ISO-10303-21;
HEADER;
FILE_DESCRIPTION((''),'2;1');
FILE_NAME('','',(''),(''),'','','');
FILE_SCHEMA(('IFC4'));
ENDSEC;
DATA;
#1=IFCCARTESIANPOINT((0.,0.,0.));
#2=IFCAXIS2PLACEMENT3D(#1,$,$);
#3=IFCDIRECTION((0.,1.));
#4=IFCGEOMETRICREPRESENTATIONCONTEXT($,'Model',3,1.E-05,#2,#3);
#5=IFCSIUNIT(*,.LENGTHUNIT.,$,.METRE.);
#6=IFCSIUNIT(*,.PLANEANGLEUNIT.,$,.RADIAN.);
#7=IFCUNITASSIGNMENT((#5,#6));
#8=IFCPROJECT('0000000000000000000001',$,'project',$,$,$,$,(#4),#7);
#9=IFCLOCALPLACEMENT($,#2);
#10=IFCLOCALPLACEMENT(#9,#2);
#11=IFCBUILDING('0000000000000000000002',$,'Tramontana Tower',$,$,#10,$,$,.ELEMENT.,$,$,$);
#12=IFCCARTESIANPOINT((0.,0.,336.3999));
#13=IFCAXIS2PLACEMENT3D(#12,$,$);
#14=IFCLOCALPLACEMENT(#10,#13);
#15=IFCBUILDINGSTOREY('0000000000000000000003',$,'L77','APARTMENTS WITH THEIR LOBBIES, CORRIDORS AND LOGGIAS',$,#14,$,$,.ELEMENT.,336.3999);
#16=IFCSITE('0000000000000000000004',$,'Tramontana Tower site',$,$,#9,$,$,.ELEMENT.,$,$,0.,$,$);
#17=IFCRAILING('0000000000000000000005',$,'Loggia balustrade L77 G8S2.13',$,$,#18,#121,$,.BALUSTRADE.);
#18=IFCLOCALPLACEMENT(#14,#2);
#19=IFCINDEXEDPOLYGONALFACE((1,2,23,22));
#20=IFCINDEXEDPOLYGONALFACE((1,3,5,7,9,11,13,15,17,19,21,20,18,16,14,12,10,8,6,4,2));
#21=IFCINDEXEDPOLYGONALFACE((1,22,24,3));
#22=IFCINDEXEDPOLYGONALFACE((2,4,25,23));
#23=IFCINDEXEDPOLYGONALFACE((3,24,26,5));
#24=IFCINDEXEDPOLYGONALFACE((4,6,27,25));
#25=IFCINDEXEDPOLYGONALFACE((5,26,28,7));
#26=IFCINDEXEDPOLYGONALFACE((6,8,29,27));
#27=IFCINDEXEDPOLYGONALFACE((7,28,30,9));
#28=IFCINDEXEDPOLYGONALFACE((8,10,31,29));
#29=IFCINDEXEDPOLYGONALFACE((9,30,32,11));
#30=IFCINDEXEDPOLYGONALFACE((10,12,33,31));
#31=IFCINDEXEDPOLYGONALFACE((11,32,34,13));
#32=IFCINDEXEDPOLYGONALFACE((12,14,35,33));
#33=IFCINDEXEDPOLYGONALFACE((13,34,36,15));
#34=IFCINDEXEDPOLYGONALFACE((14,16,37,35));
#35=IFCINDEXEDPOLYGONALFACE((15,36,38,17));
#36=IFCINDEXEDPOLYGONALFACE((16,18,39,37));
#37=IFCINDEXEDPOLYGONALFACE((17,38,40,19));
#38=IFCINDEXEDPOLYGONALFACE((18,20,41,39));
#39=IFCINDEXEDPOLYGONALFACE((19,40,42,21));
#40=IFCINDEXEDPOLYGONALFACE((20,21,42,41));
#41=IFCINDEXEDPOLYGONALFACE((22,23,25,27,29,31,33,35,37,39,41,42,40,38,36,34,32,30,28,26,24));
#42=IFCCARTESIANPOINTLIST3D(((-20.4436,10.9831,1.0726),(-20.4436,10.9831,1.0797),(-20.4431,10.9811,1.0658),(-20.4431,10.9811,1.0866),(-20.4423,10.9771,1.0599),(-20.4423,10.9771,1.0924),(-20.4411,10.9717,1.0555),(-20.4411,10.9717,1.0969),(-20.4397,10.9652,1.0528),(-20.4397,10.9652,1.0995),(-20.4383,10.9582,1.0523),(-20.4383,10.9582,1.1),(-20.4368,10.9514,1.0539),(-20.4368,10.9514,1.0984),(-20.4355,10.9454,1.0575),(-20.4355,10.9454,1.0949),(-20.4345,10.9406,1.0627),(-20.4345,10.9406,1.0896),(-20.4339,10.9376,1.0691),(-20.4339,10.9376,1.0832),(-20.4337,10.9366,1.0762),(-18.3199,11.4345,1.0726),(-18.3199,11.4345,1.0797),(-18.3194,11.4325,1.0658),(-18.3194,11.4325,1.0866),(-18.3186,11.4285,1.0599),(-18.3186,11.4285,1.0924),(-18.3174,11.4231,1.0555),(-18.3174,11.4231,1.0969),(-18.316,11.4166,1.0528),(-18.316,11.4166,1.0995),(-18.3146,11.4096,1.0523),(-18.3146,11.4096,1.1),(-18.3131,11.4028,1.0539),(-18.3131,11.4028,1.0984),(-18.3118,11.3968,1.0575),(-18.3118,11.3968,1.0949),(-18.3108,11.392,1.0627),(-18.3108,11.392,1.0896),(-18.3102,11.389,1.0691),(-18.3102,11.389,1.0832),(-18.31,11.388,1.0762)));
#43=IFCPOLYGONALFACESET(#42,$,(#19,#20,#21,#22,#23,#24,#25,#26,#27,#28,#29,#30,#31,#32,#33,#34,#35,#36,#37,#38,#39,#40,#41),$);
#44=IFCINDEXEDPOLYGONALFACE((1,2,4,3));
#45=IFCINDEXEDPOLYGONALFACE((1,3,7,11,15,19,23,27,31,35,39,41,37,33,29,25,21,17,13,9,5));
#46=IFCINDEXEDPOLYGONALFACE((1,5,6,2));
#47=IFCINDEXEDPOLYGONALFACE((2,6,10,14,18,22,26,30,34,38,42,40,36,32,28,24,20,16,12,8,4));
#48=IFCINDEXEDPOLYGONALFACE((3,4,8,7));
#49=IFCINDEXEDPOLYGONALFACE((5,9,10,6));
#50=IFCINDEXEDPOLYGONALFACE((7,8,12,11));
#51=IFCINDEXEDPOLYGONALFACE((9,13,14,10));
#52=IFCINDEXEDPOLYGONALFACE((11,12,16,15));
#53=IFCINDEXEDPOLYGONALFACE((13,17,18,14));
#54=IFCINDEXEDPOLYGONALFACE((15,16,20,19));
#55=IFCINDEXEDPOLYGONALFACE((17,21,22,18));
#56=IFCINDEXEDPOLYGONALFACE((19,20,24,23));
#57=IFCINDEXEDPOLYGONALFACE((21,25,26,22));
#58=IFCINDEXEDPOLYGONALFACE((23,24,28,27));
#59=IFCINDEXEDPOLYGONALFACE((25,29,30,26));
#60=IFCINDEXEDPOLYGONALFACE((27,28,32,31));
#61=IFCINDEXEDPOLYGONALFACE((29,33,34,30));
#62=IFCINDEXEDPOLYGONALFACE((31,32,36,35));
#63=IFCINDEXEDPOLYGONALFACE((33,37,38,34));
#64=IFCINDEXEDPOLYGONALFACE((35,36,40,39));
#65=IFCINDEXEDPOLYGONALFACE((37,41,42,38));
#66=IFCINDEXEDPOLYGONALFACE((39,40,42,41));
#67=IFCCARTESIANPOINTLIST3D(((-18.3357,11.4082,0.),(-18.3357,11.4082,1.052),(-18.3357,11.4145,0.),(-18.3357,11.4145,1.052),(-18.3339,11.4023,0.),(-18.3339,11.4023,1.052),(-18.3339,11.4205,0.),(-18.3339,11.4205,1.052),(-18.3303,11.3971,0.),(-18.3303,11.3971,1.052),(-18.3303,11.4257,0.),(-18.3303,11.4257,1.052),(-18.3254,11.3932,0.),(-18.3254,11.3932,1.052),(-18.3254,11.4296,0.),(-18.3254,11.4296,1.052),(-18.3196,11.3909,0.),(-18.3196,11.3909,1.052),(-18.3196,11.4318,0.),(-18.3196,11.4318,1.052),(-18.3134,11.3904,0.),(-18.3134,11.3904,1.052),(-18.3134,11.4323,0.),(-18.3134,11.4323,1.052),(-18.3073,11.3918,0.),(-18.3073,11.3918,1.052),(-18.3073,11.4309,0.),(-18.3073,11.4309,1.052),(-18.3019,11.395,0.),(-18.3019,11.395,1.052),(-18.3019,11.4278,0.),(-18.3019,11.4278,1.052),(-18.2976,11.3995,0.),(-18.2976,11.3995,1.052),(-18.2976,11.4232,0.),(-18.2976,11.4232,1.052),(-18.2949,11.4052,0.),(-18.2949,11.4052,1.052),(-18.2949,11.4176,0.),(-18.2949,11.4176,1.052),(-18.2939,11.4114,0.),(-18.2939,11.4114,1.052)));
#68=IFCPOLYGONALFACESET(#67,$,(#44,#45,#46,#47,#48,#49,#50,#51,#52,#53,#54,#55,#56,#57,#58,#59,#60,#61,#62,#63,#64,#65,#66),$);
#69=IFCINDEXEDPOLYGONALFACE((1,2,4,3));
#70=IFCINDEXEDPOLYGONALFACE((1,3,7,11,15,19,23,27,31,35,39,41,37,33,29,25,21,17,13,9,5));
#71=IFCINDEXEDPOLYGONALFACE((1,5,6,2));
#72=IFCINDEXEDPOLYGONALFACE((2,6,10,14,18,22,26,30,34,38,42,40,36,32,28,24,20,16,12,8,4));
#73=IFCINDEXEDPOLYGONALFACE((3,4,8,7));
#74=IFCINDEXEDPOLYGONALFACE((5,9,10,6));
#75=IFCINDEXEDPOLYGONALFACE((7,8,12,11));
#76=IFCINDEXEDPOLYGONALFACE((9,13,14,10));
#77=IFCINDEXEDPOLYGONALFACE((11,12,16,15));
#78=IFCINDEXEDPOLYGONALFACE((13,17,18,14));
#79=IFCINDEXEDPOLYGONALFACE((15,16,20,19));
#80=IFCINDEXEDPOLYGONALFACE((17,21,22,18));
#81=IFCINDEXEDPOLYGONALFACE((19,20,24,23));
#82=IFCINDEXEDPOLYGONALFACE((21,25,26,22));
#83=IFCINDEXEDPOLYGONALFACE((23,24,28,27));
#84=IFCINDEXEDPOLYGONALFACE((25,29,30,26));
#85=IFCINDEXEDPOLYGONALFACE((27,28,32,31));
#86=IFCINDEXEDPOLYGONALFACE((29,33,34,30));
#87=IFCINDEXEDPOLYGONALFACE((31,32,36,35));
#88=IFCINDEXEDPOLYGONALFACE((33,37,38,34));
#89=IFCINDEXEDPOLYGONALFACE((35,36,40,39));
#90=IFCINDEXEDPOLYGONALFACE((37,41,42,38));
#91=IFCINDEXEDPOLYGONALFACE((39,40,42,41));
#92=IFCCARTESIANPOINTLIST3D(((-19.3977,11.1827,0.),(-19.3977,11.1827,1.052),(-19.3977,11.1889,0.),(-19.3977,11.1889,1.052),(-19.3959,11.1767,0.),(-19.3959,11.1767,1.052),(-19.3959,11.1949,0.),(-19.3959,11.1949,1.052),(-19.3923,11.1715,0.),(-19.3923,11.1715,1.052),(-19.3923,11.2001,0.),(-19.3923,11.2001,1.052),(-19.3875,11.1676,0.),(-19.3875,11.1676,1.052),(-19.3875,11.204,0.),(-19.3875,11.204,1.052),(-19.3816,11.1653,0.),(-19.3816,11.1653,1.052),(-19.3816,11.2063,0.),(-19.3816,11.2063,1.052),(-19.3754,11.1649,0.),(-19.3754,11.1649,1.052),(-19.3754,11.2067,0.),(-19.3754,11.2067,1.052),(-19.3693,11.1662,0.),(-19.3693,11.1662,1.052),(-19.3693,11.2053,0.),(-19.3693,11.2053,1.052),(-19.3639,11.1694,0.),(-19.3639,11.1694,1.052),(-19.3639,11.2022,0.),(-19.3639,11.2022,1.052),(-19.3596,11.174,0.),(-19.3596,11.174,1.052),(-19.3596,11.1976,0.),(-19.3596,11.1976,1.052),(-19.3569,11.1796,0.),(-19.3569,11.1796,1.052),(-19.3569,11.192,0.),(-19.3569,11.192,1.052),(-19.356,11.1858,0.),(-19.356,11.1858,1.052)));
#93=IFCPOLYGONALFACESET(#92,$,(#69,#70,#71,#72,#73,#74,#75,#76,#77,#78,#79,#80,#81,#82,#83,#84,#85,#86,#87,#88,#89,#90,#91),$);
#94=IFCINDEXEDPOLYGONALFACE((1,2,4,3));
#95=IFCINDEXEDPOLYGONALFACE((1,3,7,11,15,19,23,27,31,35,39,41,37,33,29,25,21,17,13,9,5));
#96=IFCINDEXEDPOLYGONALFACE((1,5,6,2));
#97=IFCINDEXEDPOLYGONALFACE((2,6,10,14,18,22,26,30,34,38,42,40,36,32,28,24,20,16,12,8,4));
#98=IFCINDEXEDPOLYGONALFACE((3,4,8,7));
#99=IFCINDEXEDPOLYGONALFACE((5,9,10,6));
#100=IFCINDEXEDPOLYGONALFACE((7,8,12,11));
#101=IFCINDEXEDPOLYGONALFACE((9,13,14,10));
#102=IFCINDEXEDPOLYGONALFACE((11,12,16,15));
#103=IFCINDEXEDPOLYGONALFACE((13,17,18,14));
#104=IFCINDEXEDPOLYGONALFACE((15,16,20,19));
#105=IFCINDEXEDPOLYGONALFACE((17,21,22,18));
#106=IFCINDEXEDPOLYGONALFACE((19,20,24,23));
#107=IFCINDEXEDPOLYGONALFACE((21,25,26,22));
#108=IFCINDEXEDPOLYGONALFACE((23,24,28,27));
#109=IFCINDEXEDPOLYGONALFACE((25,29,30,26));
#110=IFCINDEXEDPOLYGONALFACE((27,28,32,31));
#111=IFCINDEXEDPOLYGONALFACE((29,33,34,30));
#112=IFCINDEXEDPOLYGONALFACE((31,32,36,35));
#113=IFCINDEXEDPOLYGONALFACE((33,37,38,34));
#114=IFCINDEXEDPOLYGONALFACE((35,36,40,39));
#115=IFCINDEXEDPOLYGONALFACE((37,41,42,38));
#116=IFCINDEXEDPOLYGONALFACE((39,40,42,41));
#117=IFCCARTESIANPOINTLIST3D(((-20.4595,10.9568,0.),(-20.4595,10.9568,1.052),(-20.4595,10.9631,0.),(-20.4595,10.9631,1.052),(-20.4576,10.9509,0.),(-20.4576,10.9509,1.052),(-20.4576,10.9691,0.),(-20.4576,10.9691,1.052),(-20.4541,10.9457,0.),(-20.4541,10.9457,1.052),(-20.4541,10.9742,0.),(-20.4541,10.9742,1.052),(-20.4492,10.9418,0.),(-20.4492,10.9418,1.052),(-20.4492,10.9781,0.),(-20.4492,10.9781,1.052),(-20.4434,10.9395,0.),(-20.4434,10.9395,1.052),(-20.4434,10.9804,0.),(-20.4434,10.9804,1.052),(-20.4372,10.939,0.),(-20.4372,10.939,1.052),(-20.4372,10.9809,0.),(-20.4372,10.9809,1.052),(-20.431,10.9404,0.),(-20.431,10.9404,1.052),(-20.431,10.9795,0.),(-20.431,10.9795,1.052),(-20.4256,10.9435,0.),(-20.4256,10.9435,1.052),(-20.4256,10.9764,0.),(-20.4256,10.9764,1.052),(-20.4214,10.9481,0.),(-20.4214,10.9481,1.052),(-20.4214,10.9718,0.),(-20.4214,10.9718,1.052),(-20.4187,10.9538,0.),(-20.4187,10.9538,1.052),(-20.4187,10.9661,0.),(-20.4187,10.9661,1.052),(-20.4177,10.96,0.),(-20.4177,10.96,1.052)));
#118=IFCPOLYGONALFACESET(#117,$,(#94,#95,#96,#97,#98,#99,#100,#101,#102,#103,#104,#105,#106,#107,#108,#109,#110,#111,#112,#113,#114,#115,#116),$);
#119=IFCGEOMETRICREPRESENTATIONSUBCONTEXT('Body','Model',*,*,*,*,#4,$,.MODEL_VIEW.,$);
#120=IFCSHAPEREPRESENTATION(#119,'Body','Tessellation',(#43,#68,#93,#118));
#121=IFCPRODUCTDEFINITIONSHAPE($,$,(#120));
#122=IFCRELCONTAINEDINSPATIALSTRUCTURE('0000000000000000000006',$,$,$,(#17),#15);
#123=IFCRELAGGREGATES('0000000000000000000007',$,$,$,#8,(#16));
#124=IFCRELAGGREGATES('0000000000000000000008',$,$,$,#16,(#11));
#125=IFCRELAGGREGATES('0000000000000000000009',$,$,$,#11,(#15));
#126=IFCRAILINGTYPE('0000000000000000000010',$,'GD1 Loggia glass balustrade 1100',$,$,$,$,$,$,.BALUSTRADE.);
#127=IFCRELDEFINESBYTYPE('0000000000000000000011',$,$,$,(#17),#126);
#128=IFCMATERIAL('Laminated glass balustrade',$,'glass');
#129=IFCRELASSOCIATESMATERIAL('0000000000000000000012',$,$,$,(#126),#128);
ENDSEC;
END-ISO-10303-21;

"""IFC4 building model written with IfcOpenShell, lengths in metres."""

from ifc_helpers import new_model, si_unit, direction, frame, origin, origin_2d, place, context, subcontext, project, spatial, circle, extrude, material, type_object, element, save


model = new_model("IFC4")

# Units and contexts
model_context = context("Model", 3, precision=1e-05, world=origin(), true_north=direction((0.0, 1.0)))
body_context = subcontext(model_context, "Body", "Model", "MODEL_VIEW")
ifc_project = project(units=[si_unit("LENGTHUNIT", "METRE"), si_unit("PLANEANGLEUNIT", "RADIAN")], contexts=[model_context])

# Site, building, storey
site_placement = place(None, origin())
site = spatial("IfcSite", under=ifc_project, at=site_placement, Name="Tramontana Tower site", CompositionType="ELEMENT", RefElevation=0.0)
building_placement = place(site_placement, origin())
building = spatial("IfcBuilding", under=site, at=building_placement, Name="Tramontana Tower", CompositionType="ELEMENT")
storey_placement = place(building_placement, frame((0.0, 0.0, 336.3999)))
storey = spatial("IfcBuildingStorey", under=building, at=storey_placement, Name="L77", Description="APARTMENTS WITH THEIR LOBBIES, CORRIDORS AND LOGGIAS", CompositionType="ELEMENT", Elevation=336.3999)

# Railing
ifc_material_1 = material(Name="Laminated glass balustrade", Category="glass")
railing_type = type_object("IfcRailingType", Name="GD1 Loggia glass balustrade 1100", PredefinedType="BALUSTRADE", material=ifc_material_1)
railing_1_placement = place(storey_placement, frame((-18.3149, 11.4114, 0.0)))
element("IfcRailing", 1, at=railing_1_placement, inside=storey, type_object=railing_type, Name="Loggia balustrade L77 G8S2.13", PredefinedType="BALUSTRADE", context=body_context, shape_type="SweptSolid", body=[
    extrude(circle(Radius=0.0239, at=origin_2d()), frame((0.0, 0.0, 1.0762), z_axis=(-0.978148, -0.207909, 0.0), x_axis=(0.207909, -0.978148, 0.0)), (0.0, 0.0, 1.0), 2.1711),
    extrude(circle(Radius=0.021, at=origin_2d()), origin(), (0.0, 0.0, 1.0), 1.052),
    extrude(circle(Radius=0.021, at=origin_2d()), frame((-1.062, -0.2256, 0.0)), (0.0, 0.0, 1.0), 1.052),
    extrude(circle(Radius=0.021, at=origin_2d()), frame((-2.1238, -0.4514, 0.0)), (0.0, 0.0, 1.0), 1.052),
])

save(model, "model.ifc")
